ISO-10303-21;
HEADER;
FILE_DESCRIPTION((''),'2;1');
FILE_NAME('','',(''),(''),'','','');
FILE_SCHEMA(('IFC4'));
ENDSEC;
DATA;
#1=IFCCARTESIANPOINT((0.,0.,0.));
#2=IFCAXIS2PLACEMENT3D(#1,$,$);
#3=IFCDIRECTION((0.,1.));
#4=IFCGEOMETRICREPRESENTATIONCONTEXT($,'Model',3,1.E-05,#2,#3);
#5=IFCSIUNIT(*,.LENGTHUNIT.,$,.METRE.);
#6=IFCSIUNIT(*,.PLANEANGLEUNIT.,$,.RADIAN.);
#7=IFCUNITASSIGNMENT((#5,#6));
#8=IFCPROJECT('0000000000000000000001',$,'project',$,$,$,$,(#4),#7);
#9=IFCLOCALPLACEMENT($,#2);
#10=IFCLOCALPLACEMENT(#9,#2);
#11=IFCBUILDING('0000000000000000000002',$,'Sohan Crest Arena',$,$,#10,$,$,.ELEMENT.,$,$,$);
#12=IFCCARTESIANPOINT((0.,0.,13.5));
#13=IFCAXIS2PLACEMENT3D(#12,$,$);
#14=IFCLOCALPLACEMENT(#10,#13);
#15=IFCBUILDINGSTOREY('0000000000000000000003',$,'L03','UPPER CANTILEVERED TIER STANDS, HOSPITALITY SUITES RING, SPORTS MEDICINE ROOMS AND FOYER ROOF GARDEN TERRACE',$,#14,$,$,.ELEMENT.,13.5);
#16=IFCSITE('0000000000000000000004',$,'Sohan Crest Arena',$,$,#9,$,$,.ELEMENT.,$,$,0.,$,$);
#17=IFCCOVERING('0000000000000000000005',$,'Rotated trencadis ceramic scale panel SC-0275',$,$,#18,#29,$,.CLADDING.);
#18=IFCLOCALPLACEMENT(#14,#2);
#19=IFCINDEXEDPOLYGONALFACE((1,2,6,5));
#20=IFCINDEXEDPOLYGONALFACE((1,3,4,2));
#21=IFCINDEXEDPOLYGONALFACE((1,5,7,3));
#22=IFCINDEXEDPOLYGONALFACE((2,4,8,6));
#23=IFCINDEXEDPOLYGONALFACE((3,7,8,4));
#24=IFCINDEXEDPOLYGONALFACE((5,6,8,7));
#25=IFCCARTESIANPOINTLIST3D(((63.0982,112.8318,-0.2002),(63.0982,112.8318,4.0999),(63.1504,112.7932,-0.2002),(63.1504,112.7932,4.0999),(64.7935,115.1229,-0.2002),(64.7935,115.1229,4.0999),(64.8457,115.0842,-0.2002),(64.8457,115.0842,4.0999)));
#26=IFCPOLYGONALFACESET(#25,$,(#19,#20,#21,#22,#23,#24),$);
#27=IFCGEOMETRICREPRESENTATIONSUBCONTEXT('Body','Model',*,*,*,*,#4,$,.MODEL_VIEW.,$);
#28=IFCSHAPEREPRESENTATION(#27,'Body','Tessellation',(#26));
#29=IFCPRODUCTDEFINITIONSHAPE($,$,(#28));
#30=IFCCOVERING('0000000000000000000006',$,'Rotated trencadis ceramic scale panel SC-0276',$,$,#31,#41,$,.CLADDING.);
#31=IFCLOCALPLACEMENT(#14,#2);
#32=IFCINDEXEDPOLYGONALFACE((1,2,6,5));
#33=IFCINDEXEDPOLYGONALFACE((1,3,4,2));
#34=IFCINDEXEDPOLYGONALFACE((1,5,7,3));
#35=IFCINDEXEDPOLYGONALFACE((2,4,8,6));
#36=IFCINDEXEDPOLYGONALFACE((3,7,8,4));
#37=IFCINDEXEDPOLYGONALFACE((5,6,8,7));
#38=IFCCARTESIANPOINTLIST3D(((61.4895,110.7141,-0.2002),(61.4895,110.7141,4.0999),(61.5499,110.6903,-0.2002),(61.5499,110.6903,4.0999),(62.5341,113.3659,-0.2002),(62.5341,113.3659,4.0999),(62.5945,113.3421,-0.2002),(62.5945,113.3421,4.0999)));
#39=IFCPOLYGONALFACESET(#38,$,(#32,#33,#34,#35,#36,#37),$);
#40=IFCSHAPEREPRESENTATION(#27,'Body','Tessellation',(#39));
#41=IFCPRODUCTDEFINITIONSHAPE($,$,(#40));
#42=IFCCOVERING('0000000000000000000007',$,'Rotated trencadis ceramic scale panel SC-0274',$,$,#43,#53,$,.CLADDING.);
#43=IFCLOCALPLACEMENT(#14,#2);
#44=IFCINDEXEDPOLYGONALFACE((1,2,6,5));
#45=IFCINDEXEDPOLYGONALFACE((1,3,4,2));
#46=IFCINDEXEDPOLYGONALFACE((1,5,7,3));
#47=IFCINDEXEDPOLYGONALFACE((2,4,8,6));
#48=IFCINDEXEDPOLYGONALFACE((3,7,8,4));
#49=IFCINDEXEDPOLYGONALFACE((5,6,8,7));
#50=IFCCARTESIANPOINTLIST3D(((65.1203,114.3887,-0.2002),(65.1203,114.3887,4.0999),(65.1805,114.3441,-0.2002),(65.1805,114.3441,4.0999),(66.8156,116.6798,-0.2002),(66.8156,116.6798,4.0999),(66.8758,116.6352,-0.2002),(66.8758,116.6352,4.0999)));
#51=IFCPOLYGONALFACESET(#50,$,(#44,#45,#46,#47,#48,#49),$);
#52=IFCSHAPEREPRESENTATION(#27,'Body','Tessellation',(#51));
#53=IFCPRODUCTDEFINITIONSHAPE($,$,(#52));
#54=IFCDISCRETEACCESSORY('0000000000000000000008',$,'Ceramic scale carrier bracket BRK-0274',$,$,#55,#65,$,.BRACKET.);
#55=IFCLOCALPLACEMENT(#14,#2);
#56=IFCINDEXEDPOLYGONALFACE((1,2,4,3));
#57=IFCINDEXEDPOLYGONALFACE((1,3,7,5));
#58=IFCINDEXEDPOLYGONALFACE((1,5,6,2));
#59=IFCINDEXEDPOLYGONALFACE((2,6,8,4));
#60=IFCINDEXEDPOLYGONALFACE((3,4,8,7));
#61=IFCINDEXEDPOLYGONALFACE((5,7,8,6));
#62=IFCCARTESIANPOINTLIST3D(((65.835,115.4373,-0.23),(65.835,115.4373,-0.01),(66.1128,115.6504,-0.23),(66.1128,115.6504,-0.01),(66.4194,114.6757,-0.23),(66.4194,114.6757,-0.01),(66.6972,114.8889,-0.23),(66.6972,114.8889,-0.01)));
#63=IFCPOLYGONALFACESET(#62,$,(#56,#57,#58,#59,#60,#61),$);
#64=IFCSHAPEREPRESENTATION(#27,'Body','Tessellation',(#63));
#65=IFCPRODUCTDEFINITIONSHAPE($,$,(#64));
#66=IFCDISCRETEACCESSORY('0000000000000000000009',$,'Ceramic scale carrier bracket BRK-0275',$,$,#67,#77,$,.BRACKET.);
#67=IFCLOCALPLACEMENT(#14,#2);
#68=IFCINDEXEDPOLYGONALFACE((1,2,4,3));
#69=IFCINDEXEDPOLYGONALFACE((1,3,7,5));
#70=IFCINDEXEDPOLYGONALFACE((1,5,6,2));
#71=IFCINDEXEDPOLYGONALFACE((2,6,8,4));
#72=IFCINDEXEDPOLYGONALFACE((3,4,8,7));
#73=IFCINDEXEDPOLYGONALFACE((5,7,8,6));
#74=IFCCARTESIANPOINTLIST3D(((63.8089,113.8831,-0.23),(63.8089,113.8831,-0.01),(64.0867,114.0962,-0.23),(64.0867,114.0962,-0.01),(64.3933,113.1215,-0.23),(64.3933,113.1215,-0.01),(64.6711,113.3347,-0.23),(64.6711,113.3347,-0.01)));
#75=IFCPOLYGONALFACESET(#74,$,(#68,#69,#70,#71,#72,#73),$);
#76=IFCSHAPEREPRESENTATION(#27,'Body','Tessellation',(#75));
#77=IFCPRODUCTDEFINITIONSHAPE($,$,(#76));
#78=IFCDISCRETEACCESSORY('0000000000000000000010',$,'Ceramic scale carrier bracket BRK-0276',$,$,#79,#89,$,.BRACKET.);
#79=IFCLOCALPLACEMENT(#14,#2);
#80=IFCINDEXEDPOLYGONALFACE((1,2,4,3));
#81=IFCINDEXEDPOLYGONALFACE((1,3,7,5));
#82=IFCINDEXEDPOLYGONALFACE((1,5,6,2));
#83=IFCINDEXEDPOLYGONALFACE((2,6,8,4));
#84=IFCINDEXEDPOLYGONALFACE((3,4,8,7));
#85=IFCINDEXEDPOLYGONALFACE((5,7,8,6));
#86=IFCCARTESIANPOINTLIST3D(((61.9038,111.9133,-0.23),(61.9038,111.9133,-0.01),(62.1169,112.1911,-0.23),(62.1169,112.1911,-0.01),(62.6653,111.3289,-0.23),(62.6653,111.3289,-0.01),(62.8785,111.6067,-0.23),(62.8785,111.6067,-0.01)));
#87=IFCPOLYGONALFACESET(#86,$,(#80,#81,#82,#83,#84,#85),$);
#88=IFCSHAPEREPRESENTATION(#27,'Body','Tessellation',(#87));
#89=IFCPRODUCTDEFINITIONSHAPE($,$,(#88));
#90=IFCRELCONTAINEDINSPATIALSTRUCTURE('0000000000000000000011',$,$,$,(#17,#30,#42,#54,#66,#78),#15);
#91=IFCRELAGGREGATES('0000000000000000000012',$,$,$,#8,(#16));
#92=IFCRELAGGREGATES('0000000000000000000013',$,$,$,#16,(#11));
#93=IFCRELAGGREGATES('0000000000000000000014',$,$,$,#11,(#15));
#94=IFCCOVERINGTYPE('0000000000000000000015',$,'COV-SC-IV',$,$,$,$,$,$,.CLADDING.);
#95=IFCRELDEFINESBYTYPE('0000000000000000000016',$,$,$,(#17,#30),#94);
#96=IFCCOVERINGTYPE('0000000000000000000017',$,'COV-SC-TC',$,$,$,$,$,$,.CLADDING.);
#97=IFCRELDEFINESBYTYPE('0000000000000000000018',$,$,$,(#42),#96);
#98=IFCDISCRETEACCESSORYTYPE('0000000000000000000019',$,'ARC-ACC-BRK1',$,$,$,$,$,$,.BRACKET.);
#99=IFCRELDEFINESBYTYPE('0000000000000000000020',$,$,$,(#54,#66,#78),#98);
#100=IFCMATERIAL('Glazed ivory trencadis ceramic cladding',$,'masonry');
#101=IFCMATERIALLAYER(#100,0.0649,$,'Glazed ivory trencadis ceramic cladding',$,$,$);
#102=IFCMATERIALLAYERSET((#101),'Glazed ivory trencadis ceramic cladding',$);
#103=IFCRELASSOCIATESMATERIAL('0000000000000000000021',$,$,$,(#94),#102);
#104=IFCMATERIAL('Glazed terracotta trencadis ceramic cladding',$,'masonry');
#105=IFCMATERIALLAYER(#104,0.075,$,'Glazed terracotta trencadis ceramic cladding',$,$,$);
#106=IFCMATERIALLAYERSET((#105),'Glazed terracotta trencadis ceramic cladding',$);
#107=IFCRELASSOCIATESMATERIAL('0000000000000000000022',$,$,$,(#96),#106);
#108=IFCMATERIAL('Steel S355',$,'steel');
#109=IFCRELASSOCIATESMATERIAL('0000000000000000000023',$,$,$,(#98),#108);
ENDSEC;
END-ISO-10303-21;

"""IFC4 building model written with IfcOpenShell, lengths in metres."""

from ifc_helpers import new_model, si_unit, direction, frame, origin, origin_2d, place, context, subcontext, project, spatial, rectangle, extrude, material, layer, layer_set, type_object, element, save


model = new_model("IFC4")

# Units and contexts
model_context = context("Model", 3, precision=1e-05, world=origin(), true_north=direction((0.0, 1.0)))
body_context = subcontext(model_context, "Body", "Model", "MODEL_VIEW")
ifc_project = project(units=[si_unit("LENGTHUNIT", "METRE"), si_unit("PLANEANGLEUNIT", "RADIAN")], contexts=[model_context])

# Site, building, storey
site_placement = place(None, origin())
site = spatial("IfcSite", under=ifc_project, at=site_placement, Name="Sohan Crest Arena", CompositionType="ELEMENT", RefElevation=0.0)
building_placement = place(site_placement, origin())
building = spatial("IfcBuilding", under=site, at=building_placement, Name="Sohan Crest Arena", CompositionType="ELEMENT")
storey_placement = place(building_placement, frame((0.0, 0.0, 13.5)))
storey = spatial("IfcBuildingStorey", under=building, at=storey_placement, Name="L03", Description="UPPER CANTILEVERED TIER STANDS, HOSPITALITY SUITES RING, SPORTS MEDICINE ROOMS AND FOYER ROOF GARDEN TERRACE", CompositionType="ELEMENT", Elevation=13.5)

# Shared definitions
ifc_material_1 = material(Name="Steel S355", Category="steel")

# Coverings
ifc_material_2 = material(Name="Glazed ivory trencadis ceramic cladding", Category="masonry")
ifc_layer_1 = layer(ifc_material_2, 0.0649, Name="Glazed ivory trencadis ceramic cladding")
ifc_layer_set_1 = layer_set([ifc_layer_1], Name="Glazed ivory trencadis ceramic cladding")
covering_type_1 = type_object("IfcCoveringType", Name="COV-SC-IV", PredefinedType="CLADDING", material=ifc_layer_set_1)
for number, where, z_axis, x_axis, name in (
    (1, (63.9719, 113.958, -0.2002), (0.0, 0.0, 1.0), (-0.594823, -0.803857, 0.0), "Rotated trencadis ceramic scale panel SC-0275"),
    (2, (62.042, 112.0281, -0.2002), (0.0, 0.0, 1.0), (-0.366501, -0.930418, 0.0), "Rotated trencadis ceramic scale panel SC-0276"),
):
    element("IfcCovering", number, at=place(storey_placement, frame(where, z_axis=z_axis, x_axis=x_axis)), inside=storey, type_object=covering_type_1, Name=name, PredefinedType="CLADDING", context=body_context, shape_type="SweptSolid", body=[
        extrude(rectangle(XDim=2.8501, YDim=0.0649, at=origin_2d()), origin(), (0.0, 0.0, 1.0), 4.3),
    ])
ifc_material_3 = material(Name="Glazed terracotta trencadis ceramic cladding", Category="masonry")
ifc_layer_2 = layer(ifc_material_3, 0.075, Name="Glazed terracotta trencadis ceramic cladding")
ifc_layer_set_2 = layer_set([ifc_layer_2], Name="Glazed terracotta trencadis ceramic cladding")
covering_type_2 = type_object("IfcCoveringType", Name="COV-SC-TC", PredefinedType="CLADDING", material=ifc_layer_set_2)
covering_placement = place(storey_placement, frame((65.998, 115.512, -0.2002), z_axis=(0.0, 0.0, 1.0), x_axis=(-0.594823, -0.803857, 0.0)))
element("IfcCovering", 3, at=covering_placement, inside=storey, type_object=covering_type_2, Name="Rotated trencadis ceramic scale panel SC-0274", PredefinedType="CLADDING", context=body_context, shape_type="SweptSolid", body=[
    extrude(rectangle(XDim=2.8501, YDim=0.075, at=origin_2d()), origin(), (0.0, 0.0, 1.0), 4.3),
])

# Discrete accessories
discrete_accessory_type = type_object("IfcDiscreteAccessoryType", Name="ARC-ACC-BRK1", PredefinedType="BRACKET", material=ifc_material_1)
for number, where, z_axis, x_axis, name in (
    (4, (66.2661, 115.1631, -0.23), (0.0, 0.0, 1.0), (-0.793353, -0.608761, 0.0), "Ceramic scale carrier bracket BRK-0274"),
    (5, (64.24, 113.6089, -0.23), (0.0, 0.0, 1.0), (-0.793353, -0.608761, 0.0), "Ceramic scale carrier bracket BRK-0275"),
    (6, (62.3911, 111.76, -0.23), (0.0, 0.0, 1.0), (-0.608761, -0.793353, 0.0), "Ceramic scale carrier bracket BRK-0276"),
):
    element("IfcDiscreteAccessory", number, at=place(storey_placement, frame(where, z_axis=z_axis, x_axis=x_axis)), inside=storey, type_object=discrete_accessory_type, Name=name, PredefinedType="BRACKET", context=body_context, shape_type="SweptSolid", body=[
        extrude(rectangle(XDim=0.3501, YDim=0.96, at=origin_2d()), origin(), (0.0, 0.0, 1.0), 0.22),
    ])

save(model, "model.ifc")
